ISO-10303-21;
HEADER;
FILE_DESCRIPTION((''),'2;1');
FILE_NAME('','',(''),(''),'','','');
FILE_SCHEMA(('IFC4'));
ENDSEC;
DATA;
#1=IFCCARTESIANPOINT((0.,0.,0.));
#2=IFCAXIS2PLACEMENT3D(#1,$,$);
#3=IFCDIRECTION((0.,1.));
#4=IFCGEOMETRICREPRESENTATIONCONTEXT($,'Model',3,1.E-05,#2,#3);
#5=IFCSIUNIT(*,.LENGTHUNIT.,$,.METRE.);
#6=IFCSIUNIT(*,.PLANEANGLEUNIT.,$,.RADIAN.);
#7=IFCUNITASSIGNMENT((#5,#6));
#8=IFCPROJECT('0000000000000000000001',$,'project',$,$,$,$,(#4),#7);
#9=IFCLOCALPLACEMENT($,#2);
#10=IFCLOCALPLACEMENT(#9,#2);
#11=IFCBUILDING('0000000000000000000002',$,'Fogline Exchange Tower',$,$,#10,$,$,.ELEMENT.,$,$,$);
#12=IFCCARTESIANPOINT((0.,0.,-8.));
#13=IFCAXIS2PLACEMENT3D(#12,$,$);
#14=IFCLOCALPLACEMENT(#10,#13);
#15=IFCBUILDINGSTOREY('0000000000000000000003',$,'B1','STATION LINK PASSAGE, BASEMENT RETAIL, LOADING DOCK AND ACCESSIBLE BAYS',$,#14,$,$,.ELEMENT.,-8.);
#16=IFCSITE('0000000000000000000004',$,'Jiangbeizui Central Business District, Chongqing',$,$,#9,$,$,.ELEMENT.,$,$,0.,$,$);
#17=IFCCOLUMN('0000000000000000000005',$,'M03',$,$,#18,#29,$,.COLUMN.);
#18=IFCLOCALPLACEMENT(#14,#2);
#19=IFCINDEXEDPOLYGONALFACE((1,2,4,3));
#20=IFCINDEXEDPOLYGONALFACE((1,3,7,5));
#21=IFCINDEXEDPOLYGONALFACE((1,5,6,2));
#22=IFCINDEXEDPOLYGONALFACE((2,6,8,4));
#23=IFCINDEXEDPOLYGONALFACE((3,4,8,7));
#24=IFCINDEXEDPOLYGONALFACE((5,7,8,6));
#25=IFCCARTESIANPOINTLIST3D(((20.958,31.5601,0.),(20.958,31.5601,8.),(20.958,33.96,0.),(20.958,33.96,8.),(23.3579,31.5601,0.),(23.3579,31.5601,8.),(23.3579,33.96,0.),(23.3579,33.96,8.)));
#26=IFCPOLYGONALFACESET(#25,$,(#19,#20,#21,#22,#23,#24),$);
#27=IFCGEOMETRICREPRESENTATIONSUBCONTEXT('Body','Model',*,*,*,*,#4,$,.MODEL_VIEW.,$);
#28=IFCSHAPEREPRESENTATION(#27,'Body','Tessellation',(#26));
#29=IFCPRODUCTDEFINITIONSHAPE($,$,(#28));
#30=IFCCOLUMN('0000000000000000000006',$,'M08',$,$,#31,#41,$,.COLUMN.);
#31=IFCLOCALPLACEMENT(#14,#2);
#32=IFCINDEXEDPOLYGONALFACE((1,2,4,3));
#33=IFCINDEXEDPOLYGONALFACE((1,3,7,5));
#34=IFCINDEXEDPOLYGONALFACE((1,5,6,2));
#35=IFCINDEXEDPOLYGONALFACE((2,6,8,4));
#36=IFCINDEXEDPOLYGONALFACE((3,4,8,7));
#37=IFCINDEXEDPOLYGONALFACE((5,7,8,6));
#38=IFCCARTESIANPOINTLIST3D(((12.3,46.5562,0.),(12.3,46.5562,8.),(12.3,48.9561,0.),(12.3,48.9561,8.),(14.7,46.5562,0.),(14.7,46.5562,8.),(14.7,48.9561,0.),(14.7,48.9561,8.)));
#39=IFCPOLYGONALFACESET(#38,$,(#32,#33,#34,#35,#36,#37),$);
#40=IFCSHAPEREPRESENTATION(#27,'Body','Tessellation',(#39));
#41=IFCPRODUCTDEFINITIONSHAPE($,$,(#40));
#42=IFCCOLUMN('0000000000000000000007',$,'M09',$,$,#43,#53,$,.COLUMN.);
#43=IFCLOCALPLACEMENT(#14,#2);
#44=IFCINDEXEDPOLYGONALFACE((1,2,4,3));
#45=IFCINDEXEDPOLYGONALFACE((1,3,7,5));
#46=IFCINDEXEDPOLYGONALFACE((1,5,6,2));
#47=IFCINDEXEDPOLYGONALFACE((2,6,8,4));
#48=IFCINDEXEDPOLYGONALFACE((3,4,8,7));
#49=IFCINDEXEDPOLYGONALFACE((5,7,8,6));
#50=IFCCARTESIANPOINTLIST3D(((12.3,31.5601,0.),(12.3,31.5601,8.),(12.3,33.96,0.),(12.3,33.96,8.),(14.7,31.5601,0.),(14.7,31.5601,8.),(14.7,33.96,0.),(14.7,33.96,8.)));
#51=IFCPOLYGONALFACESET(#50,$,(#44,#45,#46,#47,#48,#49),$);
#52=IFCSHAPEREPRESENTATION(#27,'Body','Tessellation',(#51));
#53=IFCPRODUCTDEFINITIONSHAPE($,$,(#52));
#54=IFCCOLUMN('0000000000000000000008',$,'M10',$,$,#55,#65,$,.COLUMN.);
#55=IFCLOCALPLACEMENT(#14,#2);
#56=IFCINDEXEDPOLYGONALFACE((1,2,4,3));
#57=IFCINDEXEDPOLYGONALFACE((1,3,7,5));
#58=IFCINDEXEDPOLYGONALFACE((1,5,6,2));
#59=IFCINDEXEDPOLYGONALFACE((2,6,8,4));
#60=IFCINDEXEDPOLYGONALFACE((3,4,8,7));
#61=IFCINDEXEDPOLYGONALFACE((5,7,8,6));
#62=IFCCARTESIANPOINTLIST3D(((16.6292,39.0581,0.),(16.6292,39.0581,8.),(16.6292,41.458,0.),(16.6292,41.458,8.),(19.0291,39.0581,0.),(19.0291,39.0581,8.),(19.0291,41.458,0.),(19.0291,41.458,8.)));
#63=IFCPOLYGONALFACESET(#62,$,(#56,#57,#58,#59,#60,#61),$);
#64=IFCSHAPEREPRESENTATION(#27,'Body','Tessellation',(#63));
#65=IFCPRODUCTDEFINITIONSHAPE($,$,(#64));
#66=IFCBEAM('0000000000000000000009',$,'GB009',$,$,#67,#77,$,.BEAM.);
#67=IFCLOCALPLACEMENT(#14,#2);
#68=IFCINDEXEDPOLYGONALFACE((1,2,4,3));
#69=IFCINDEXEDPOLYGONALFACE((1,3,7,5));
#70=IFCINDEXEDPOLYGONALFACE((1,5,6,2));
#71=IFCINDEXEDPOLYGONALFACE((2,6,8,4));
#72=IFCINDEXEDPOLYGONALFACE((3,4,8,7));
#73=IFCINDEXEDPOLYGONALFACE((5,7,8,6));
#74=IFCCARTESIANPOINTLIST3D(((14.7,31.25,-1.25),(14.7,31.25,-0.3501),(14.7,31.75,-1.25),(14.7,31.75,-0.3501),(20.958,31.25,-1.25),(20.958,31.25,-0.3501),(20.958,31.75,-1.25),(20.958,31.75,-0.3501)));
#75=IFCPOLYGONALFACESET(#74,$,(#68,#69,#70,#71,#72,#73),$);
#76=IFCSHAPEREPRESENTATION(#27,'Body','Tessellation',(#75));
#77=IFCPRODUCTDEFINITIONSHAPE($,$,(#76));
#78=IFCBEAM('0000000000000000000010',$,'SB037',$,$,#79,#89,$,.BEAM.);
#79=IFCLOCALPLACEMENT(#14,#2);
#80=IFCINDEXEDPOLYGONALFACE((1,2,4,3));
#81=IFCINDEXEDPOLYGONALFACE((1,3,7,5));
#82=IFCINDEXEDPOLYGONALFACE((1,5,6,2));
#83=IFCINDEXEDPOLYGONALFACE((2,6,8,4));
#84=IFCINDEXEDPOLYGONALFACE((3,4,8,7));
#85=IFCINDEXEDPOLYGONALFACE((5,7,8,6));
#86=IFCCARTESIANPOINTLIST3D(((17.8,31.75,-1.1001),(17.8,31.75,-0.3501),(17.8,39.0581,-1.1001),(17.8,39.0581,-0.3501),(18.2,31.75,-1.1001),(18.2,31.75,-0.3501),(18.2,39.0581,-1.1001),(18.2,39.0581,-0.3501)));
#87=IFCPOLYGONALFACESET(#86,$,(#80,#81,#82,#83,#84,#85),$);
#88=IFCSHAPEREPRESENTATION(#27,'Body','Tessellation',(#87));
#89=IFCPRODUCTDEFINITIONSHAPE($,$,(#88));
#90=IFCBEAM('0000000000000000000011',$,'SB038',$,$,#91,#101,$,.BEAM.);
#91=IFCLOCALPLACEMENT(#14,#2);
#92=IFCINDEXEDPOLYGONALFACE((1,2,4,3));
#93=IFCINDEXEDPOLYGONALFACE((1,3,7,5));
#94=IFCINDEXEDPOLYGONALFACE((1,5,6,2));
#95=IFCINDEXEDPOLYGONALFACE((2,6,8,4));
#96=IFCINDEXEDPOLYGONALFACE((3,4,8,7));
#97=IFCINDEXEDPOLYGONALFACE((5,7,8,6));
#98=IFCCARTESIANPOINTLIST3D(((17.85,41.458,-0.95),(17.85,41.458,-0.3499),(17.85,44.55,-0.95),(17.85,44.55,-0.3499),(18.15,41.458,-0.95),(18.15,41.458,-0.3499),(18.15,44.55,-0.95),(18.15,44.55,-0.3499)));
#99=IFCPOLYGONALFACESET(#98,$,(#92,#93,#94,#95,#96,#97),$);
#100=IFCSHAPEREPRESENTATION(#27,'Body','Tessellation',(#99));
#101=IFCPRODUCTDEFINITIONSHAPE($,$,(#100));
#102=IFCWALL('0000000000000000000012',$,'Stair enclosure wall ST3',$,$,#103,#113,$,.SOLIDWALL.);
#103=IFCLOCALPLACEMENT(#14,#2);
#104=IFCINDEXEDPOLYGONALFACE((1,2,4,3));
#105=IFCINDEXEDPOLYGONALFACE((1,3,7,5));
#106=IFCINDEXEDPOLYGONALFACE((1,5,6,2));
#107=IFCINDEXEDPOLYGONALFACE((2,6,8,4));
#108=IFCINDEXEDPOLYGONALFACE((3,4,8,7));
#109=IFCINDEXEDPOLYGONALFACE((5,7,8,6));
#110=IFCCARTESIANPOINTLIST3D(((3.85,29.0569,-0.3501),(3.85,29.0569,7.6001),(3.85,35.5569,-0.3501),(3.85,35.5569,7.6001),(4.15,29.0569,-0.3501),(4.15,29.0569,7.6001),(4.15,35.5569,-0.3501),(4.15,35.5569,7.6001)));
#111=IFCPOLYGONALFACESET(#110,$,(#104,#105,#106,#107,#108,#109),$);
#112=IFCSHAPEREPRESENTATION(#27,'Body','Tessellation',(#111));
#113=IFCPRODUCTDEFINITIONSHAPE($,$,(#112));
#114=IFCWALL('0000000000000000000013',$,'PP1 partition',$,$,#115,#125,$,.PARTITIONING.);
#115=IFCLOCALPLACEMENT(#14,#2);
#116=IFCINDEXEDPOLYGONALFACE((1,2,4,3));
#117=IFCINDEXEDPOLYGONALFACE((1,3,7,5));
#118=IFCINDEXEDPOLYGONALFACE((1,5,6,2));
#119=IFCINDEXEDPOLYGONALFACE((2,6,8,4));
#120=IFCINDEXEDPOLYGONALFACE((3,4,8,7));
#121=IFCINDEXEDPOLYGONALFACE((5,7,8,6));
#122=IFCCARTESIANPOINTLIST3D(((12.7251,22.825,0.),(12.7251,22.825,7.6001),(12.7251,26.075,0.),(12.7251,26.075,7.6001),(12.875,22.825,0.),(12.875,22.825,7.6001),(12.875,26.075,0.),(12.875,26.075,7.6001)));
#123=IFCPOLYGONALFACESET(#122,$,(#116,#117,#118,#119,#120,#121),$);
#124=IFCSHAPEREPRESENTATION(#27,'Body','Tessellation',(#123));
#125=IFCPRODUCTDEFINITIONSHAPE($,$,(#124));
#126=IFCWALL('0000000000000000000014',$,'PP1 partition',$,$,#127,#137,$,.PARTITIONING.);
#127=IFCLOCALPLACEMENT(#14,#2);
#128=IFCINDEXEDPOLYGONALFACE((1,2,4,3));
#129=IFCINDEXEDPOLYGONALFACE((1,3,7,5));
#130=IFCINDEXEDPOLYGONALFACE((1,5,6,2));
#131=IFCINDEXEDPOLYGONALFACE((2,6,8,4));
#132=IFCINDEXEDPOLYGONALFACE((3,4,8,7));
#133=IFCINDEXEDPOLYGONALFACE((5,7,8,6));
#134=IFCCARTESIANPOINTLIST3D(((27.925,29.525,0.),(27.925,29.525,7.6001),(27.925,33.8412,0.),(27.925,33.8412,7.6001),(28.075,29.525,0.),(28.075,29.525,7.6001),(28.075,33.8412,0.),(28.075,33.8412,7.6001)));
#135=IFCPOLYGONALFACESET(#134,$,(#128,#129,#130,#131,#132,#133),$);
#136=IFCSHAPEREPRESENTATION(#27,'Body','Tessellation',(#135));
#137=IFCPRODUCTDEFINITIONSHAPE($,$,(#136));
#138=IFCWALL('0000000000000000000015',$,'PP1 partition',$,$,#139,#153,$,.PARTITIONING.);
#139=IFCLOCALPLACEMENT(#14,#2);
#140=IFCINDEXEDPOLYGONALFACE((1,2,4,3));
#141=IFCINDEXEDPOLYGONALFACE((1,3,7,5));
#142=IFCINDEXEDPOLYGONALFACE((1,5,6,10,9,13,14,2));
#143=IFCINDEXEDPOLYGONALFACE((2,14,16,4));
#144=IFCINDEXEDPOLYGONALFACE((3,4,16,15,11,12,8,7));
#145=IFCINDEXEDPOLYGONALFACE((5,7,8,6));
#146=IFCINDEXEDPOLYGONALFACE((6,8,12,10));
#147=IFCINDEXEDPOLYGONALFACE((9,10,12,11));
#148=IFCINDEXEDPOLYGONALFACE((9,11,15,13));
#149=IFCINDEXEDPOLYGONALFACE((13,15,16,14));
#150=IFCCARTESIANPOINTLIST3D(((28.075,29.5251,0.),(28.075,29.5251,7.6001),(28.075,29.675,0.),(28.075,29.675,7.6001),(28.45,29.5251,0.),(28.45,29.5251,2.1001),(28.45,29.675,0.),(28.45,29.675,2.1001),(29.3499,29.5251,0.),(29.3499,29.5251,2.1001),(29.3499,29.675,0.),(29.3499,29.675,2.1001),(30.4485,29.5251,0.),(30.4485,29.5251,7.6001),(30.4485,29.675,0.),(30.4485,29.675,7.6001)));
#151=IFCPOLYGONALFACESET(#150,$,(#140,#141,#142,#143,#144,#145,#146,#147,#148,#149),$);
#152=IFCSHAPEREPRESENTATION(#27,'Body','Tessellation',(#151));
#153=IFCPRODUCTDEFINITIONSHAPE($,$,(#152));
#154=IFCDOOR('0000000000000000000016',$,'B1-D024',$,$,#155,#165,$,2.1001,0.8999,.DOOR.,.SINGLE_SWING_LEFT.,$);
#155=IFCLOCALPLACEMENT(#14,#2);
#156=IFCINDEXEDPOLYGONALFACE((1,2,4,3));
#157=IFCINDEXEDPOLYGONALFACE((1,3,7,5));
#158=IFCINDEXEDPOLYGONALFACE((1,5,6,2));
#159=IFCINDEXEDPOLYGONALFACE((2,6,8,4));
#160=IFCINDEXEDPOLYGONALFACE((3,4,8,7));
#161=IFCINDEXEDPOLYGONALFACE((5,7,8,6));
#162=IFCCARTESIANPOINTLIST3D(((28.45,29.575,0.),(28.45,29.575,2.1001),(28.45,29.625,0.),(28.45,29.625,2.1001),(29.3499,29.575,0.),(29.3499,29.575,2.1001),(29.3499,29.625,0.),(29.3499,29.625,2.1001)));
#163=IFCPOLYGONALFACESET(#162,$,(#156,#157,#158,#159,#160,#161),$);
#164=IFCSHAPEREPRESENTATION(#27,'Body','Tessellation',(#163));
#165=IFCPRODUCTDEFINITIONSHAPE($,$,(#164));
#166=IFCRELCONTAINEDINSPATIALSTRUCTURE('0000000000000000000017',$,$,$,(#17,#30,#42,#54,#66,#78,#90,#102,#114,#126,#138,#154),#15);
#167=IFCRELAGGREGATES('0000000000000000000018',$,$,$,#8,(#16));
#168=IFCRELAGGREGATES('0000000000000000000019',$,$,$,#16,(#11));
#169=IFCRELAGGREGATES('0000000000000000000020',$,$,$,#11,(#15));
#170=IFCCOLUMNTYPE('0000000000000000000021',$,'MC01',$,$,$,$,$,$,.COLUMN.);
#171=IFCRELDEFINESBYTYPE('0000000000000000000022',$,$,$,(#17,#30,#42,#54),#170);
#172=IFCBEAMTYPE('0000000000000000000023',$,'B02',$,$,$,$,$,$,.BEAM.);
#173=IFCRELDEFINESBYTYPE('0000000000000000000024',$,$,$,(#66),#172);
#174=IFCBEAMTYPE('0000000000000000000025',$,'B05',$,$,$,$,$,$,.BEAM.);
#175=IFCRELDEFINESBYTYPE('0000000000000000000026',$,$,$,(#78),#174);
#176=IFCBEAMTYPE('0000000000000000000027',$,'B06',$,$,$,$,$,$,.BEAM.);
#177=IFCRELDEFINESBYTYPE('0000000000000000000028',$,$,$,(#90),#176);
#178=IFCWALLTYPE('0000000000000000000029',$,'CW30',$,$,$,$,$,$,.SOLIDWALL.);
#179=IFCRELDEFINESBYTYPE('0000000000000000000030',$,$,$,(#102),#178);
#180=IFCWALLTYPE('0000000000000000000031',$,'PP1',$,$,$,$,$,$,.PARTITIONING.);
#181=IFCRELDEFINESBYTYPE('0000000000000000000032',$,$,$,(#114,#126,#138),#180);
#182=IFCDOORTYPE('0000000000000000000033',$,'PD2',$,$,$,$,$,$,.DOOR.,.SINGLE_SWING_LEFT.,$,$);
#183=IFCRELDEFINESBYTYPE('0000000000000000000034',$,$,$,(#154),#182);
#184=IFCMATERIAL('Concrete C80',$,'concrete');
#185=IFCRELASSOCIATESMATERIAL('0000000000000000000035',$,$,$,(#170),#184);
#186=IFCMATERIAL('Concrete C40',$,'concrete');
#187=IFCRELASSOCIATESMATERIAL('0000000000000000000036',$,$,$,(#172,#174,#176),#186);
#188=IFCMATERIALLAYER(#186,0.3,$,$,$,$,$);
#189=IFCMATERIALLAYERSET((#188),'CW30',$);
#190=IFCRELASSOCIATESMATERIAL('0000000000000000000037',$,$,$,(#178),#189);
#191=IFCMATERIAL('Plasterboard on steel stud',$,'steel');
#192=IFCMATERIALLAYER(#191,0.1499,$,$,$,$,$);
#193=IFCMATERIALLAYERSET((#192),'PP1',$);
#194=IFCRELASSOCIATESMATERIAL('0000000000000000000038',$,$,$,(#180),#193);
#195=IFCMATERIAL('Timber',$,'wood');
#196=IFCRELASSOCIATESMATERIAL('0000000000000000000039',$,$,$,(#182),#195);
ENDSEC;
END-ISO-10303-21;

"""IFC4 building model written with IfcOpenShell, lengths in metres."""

from ifc_helpers import new_model, si_unit, direction, frame, frame_2d, origin, origin_2d, place, context, subcontext, project, spatial, rectangle, extrude, material, layer, layer_set, material_profile, profile_set, type_object, element, fill, save


model = new_model("IFC4")

# Units and contexts
model_context = context("Model", 3, precision=1e-05, world=origin(), true_north=direction((0.0, 1.0)))
body_context = subcontext(model_context, "Body", "Model", "MODEL_VIEW")
ifc_project = project(units=[si_unit("LENGTHUNIT", "METRE"), si_unit("PLANEANGLEUNIT", "RADIAN")], contexts=[model_context])

# Site, building, storey
site_placement = place(None, origin())
site = spatial("IfcSite", under=ifc_project, at=site_placement, Name="Jiangbeizui Central Business District, Chongqing", CompositionType="ELEMENT", RefElevation=0.0)
building_placement = place(site_placement, origin())
building = spatial("IfcBuilding", under=site, at=building_placement, Name="Fogline Exchange Tower", CompositionType="ELEMENT")
storey_placement = place(building_placement, frame((0.0, 0.0, -8.0)))
storey = spatial("IfcBuildingStorey", under=building, at=storey_placement, Name="B1", Description="STATION LINK PASSAGE, BASEMENT RETAIL, LOADING DOCK AND ACCESSIBLE BAYS", CompositionType="ELEMENT", Elevation=-8.0)

# Columns
ifc_material_1 = material(Name="Concrete C80", Category="concrete")
ifc_material_profile_1 = material_profile(ifc_material_1, rectangle(XDim=2.3999, YDim=2.3999, at=origin_2d()), Name="RC 2400x2400")
ifc_profile_set_1 = profile_set([ifc_material_profile_1], Name="Concrete C80")
column_type = type_object("IfcColumnType", Name="MC01", PredefinedType="COLUMN", material=ifc_profile_set_1)
for number, where, z_axis, x_axis, name in (
    (1, (22.158, 32.76, 0.0), (0.0, 0.0, 1.0), (1.0, 0.0, 0.0), "M03"),
    (2, (13.5, 47.7561, 0.0), (0.0, 0.0, 1.0), (1.0, 0.0, 0.0), "M08"),
    (3, (13.5, 32.76, 0.0), (0.0, 0.0, 1.0), (1.0, 0.0, 0.0), "M09"),
    (4, (17.8291, 40.2581, 0.0), (0.0, 0.0, 1.0), (1.0, 0.0, 0.0), "M10"),
):
    element("IfcColumn", number, at=place(storey_placement, frame(where, z_axis=z_axis, x_axis=x_axis)), inside=storey, type_object=column_type, Name=name, PredefinedType="COLUMN", context=body_context, shape_type="SweptSolid", body=[
        extrude(rectangle(XDim=2.3999, YDim=2.3999, at=origin_2d()), origin(), (0.0, 0.0, 1.0), 8.0),
    ])

# Beams
ifc_material_2 = material(Name="Concrete C40", Category="concrete")
ifc_material_profile_2 = material_profile(ifc_material_2, rectangle(XDim=0.5, YDim=0.8999, at=origin_2d()), Name="RC 500x900")
ifc_profile_set_2 = profile_set([ifc_material_profile_2], Name="Concrete C40")
beam_type_1 = type_object("IfcBeamType", Name="B02", PredefinedType="BEAM", material=ifc_profile_set_2)
beam_1_placement = place(storey_placement, frame((14.7, 31.5, -0.8), z_axis=(1.0, 0.0, 0.0), x_axis=(0.0, 1.0, 0.0)))
element("IfcBeam", 5, at=beam_1_placement, inside=storey, type_object=beam_type_1, Name="GB009", PredefinedType="BEAM", context=body_context, shape_type="SweptSolid", body=[
    extrude(rectangle(XDim=0.5, YDim=0.8999, at=origin_2d()), origin(), (0.0, 0.0, 1.0), 6.2581),
])
ifc_material_profile_3 = material_profile(ifc_material_2, rectangle(XDim=0.3999, YDim=0.75, at=origin_2d()), Name="RC 400x750")
ifc_profile_set_3 = profile_set([ifc_material_profile_3], Name="Concrete C40")
beam_type_2 = type_object("IfcBeamType", Name="B05", PredefinedType="BEAM", material=ifc_profile_set_3)
beam_2_placement = place(storey_placement, frame((18.0, 31.75, -0.7251), z_axis=(0.0, 1.0, 0.0), x_axis=(-1.0, 0.0, 0.0)))
element("IfcBeam", 6, at=beam_2_placement, inside=storey, type_object=beam_type_2, Name="SB037", PredefinedType="BEAM", context=body_context, shape_type="SweptSolid", body=[
    extrude(rectangle(XDim=0.3999, YDim=0.75, at=origin_2d()), origin(), (0.0, 0.0, 1.0), 7.3081),
])
ifc_material_profile_4 = material_profile(ifc_material_2, rectangle(XDim=0.3, YDim=0.6001, at=origin_2d()), Name="RC 300x600")
ifc_profile_set_4 = profile_set([ifc_material_profile_4], Name="Concrete C40")
beam_type_3 = type_object("IfcBeamType", Name="B06", PredefinedType="BEAM", material=ifc_profile_set_4)
beam_3_placement = place(storey_placement, frame((18.0, 41.458, -0.6499), z_axis=(0.0, 1.0, 0.0), x_axis=(-1.0, 0.0, 0.0)))
element("IfcBeam", 7, at=beam_3_placement, inside=storey, type_object=beam_type_3, Name="SB038", PredefinedType="BEAM", context=body_context, shape_type="SweptSolid", body=[
    extrude(rectangle(XDim=0.3, YDim=0.6001, at=origin_2d()), origin(), (0.0, 0.0, 1.0), 3.092),
])

# Walls
ifc_layer_1 = layer(ifc_material_2, 0.3)
ifc_layer_set_1 = layer_set([ifc_layer_1], Name="CW30")
wall_type_1 = type_object("IfcWallType", Name="CW30", PredefinedType="SOLIDWALL", material=ifc_layer_set_1)
wall_1_placement = place(storey_placement, frame((4.0, 29.0569, -0.3501), z_axis=(0.0, 0.0, 1.0), x_axis=(0.0, 1.0, 0.0)))
element("IfcWall", 8, at=wall_1_placement, inside=storey, type_object=wall_type_1, Name="Stair enclosure wall ST3", PredefinedType="SOLIDWALL", context=body_context, shape_type="SweptSolid", body=[
    extrude(rectangle(XDim=6.5, YDim=0.3, at=frame_2d((3.25, 0.0))), origin(), (0.0, 0.0, 1.0), 7.9502),
])
ifc_material_3 = material(Name="Plasterboard on steel stud", Category="steel")
ifc_layer_2 = layer(ifc_material_3, 0.1499)
ifc_layer_set_2 = layer_set([ifc_layer_2], Name="PP1")
wall_type_2 = type_object("IfcWallType", Name="PP1", PredefinedType="PARTITIONING", material=ifc_layer_set_2)
wall_2_placement = place(storey_placement, frame((12.8, 26.075, 0.0), z_axis=(0.0, 0.0, 1.0), x_axis=(0.0, -1.0, 0.0)))
element("IfcWall", 9, at=wall_2_placement, inside=storey, type_object=wall_type_2, Name="PP1 partition", PredefinedType="PARTITIONING", context=body_context, shape_type="SweptSolid", body=[
    extrude(rectangle(XDim=3.25, YDim=0.1499, at=frame_2d((1.625, 0.0))), origin(), (0.0, 0.0, 1.0), 7.6001),
])
wall_3_placement = place(storey_placement, frame((28.0, 29.5249, 0.0), z_axis=(0.0, 0.0, 1.0), x_axis=(0.0, 1.0, 0.0)))
element("IfcWall", 10, at=wall_3_placement, inside=storey, type_object=wall_type_2, Name="PP1 partition", PredefinedType="PARTITIONING", context=body_context, shape_type="SweptSolid", body=[
    extrude(rectangle(XDim=4.3162, YDim=0.1499, at=frame_2d((2.1582, 0.0))), origin(), (0.0, 0.0, 1.0), 7.6001),
])

# Wall, opening, door
wall_4_placement = place(storey_placement, frame((30.4485, 29.6001, 0.0), z_axis=(0.0, 0.0, 1.0), x_axis=(-1.0, 0.0, 0.0)))
wall_4 = element("IfcWall", 11, at=wall_4_placement, inside=storey, type_object=wall_type_2, Name="PP1 partition", PredefinedType="PARTITIONING", context=body_context, shape_type="SweptSolid", body=[
    extrude(rectangle(XDim=2.3735, YDim=0.1499, at=frame_2d((1.1868, 0.0))), origin(), (0.0, 0.0, 1.0), 7.6001),
])
opening_1_placement = place(wall_4_placement, frame((1.0986, 0.0, 0.0)))
opening_1 = element("IfcOpeningElement", 12, at=opening_1_placement, cuts=wall_4, PredefinedType="OPENING", context=body_context, shape_type="SweptSolid", body=[
    extrude(rectangle(XDim=0.8999, YDim=2.1001, at=frame_2d((0.45, 1.05))), frame((0.0, 0.085, 0.0), z_axis=(0.0, -1.0, 0.0), x_axis=(1.0, 0.0, 0.0)), (0.0, 0.0, 1.0), 0.1699),
])
ifc_material_4 = material(Name="Timber", Category="wood")
door_type_1 = type_object("IfcDoorType", Name="PD2", OperationType="SINGLE_SWING_LEFT", PredefinedType="DOOR", material=ifc_material_4)
door_1_placement = place(opening_1_placement, frame((0.8999, 0.0, 0.0), z_axis=(0.0, 0.0, 1.0), x_axis=(-1.0, 0.0, 0.0)))
door_1 = element("IfcDoor", 13, at=door_1_placement, inside=storey, type_object=door_type_1, Name="B1-D024", OperationType="SINGLE_SWING_LEFT", OverallHeight=2.1001, OverallWidth=0.8999, PredefinedType="DOOR", context=body_context, shape_type="SweptSolid", body=[
    extrude(rectangle(XDim=0.8999, YDim=2.1001, at=frame_2d((0.45, 1.05))), frame((0.0, 0.0249, 0.0), z_axis=(0.0, -1.0, 0.0), x_axis=(1.0, 0.0, 0.0)), (0.0, 0.0, 1.0), 0.05),
])
fill(opening_1, door_1)

save(model, "model.ifc")
